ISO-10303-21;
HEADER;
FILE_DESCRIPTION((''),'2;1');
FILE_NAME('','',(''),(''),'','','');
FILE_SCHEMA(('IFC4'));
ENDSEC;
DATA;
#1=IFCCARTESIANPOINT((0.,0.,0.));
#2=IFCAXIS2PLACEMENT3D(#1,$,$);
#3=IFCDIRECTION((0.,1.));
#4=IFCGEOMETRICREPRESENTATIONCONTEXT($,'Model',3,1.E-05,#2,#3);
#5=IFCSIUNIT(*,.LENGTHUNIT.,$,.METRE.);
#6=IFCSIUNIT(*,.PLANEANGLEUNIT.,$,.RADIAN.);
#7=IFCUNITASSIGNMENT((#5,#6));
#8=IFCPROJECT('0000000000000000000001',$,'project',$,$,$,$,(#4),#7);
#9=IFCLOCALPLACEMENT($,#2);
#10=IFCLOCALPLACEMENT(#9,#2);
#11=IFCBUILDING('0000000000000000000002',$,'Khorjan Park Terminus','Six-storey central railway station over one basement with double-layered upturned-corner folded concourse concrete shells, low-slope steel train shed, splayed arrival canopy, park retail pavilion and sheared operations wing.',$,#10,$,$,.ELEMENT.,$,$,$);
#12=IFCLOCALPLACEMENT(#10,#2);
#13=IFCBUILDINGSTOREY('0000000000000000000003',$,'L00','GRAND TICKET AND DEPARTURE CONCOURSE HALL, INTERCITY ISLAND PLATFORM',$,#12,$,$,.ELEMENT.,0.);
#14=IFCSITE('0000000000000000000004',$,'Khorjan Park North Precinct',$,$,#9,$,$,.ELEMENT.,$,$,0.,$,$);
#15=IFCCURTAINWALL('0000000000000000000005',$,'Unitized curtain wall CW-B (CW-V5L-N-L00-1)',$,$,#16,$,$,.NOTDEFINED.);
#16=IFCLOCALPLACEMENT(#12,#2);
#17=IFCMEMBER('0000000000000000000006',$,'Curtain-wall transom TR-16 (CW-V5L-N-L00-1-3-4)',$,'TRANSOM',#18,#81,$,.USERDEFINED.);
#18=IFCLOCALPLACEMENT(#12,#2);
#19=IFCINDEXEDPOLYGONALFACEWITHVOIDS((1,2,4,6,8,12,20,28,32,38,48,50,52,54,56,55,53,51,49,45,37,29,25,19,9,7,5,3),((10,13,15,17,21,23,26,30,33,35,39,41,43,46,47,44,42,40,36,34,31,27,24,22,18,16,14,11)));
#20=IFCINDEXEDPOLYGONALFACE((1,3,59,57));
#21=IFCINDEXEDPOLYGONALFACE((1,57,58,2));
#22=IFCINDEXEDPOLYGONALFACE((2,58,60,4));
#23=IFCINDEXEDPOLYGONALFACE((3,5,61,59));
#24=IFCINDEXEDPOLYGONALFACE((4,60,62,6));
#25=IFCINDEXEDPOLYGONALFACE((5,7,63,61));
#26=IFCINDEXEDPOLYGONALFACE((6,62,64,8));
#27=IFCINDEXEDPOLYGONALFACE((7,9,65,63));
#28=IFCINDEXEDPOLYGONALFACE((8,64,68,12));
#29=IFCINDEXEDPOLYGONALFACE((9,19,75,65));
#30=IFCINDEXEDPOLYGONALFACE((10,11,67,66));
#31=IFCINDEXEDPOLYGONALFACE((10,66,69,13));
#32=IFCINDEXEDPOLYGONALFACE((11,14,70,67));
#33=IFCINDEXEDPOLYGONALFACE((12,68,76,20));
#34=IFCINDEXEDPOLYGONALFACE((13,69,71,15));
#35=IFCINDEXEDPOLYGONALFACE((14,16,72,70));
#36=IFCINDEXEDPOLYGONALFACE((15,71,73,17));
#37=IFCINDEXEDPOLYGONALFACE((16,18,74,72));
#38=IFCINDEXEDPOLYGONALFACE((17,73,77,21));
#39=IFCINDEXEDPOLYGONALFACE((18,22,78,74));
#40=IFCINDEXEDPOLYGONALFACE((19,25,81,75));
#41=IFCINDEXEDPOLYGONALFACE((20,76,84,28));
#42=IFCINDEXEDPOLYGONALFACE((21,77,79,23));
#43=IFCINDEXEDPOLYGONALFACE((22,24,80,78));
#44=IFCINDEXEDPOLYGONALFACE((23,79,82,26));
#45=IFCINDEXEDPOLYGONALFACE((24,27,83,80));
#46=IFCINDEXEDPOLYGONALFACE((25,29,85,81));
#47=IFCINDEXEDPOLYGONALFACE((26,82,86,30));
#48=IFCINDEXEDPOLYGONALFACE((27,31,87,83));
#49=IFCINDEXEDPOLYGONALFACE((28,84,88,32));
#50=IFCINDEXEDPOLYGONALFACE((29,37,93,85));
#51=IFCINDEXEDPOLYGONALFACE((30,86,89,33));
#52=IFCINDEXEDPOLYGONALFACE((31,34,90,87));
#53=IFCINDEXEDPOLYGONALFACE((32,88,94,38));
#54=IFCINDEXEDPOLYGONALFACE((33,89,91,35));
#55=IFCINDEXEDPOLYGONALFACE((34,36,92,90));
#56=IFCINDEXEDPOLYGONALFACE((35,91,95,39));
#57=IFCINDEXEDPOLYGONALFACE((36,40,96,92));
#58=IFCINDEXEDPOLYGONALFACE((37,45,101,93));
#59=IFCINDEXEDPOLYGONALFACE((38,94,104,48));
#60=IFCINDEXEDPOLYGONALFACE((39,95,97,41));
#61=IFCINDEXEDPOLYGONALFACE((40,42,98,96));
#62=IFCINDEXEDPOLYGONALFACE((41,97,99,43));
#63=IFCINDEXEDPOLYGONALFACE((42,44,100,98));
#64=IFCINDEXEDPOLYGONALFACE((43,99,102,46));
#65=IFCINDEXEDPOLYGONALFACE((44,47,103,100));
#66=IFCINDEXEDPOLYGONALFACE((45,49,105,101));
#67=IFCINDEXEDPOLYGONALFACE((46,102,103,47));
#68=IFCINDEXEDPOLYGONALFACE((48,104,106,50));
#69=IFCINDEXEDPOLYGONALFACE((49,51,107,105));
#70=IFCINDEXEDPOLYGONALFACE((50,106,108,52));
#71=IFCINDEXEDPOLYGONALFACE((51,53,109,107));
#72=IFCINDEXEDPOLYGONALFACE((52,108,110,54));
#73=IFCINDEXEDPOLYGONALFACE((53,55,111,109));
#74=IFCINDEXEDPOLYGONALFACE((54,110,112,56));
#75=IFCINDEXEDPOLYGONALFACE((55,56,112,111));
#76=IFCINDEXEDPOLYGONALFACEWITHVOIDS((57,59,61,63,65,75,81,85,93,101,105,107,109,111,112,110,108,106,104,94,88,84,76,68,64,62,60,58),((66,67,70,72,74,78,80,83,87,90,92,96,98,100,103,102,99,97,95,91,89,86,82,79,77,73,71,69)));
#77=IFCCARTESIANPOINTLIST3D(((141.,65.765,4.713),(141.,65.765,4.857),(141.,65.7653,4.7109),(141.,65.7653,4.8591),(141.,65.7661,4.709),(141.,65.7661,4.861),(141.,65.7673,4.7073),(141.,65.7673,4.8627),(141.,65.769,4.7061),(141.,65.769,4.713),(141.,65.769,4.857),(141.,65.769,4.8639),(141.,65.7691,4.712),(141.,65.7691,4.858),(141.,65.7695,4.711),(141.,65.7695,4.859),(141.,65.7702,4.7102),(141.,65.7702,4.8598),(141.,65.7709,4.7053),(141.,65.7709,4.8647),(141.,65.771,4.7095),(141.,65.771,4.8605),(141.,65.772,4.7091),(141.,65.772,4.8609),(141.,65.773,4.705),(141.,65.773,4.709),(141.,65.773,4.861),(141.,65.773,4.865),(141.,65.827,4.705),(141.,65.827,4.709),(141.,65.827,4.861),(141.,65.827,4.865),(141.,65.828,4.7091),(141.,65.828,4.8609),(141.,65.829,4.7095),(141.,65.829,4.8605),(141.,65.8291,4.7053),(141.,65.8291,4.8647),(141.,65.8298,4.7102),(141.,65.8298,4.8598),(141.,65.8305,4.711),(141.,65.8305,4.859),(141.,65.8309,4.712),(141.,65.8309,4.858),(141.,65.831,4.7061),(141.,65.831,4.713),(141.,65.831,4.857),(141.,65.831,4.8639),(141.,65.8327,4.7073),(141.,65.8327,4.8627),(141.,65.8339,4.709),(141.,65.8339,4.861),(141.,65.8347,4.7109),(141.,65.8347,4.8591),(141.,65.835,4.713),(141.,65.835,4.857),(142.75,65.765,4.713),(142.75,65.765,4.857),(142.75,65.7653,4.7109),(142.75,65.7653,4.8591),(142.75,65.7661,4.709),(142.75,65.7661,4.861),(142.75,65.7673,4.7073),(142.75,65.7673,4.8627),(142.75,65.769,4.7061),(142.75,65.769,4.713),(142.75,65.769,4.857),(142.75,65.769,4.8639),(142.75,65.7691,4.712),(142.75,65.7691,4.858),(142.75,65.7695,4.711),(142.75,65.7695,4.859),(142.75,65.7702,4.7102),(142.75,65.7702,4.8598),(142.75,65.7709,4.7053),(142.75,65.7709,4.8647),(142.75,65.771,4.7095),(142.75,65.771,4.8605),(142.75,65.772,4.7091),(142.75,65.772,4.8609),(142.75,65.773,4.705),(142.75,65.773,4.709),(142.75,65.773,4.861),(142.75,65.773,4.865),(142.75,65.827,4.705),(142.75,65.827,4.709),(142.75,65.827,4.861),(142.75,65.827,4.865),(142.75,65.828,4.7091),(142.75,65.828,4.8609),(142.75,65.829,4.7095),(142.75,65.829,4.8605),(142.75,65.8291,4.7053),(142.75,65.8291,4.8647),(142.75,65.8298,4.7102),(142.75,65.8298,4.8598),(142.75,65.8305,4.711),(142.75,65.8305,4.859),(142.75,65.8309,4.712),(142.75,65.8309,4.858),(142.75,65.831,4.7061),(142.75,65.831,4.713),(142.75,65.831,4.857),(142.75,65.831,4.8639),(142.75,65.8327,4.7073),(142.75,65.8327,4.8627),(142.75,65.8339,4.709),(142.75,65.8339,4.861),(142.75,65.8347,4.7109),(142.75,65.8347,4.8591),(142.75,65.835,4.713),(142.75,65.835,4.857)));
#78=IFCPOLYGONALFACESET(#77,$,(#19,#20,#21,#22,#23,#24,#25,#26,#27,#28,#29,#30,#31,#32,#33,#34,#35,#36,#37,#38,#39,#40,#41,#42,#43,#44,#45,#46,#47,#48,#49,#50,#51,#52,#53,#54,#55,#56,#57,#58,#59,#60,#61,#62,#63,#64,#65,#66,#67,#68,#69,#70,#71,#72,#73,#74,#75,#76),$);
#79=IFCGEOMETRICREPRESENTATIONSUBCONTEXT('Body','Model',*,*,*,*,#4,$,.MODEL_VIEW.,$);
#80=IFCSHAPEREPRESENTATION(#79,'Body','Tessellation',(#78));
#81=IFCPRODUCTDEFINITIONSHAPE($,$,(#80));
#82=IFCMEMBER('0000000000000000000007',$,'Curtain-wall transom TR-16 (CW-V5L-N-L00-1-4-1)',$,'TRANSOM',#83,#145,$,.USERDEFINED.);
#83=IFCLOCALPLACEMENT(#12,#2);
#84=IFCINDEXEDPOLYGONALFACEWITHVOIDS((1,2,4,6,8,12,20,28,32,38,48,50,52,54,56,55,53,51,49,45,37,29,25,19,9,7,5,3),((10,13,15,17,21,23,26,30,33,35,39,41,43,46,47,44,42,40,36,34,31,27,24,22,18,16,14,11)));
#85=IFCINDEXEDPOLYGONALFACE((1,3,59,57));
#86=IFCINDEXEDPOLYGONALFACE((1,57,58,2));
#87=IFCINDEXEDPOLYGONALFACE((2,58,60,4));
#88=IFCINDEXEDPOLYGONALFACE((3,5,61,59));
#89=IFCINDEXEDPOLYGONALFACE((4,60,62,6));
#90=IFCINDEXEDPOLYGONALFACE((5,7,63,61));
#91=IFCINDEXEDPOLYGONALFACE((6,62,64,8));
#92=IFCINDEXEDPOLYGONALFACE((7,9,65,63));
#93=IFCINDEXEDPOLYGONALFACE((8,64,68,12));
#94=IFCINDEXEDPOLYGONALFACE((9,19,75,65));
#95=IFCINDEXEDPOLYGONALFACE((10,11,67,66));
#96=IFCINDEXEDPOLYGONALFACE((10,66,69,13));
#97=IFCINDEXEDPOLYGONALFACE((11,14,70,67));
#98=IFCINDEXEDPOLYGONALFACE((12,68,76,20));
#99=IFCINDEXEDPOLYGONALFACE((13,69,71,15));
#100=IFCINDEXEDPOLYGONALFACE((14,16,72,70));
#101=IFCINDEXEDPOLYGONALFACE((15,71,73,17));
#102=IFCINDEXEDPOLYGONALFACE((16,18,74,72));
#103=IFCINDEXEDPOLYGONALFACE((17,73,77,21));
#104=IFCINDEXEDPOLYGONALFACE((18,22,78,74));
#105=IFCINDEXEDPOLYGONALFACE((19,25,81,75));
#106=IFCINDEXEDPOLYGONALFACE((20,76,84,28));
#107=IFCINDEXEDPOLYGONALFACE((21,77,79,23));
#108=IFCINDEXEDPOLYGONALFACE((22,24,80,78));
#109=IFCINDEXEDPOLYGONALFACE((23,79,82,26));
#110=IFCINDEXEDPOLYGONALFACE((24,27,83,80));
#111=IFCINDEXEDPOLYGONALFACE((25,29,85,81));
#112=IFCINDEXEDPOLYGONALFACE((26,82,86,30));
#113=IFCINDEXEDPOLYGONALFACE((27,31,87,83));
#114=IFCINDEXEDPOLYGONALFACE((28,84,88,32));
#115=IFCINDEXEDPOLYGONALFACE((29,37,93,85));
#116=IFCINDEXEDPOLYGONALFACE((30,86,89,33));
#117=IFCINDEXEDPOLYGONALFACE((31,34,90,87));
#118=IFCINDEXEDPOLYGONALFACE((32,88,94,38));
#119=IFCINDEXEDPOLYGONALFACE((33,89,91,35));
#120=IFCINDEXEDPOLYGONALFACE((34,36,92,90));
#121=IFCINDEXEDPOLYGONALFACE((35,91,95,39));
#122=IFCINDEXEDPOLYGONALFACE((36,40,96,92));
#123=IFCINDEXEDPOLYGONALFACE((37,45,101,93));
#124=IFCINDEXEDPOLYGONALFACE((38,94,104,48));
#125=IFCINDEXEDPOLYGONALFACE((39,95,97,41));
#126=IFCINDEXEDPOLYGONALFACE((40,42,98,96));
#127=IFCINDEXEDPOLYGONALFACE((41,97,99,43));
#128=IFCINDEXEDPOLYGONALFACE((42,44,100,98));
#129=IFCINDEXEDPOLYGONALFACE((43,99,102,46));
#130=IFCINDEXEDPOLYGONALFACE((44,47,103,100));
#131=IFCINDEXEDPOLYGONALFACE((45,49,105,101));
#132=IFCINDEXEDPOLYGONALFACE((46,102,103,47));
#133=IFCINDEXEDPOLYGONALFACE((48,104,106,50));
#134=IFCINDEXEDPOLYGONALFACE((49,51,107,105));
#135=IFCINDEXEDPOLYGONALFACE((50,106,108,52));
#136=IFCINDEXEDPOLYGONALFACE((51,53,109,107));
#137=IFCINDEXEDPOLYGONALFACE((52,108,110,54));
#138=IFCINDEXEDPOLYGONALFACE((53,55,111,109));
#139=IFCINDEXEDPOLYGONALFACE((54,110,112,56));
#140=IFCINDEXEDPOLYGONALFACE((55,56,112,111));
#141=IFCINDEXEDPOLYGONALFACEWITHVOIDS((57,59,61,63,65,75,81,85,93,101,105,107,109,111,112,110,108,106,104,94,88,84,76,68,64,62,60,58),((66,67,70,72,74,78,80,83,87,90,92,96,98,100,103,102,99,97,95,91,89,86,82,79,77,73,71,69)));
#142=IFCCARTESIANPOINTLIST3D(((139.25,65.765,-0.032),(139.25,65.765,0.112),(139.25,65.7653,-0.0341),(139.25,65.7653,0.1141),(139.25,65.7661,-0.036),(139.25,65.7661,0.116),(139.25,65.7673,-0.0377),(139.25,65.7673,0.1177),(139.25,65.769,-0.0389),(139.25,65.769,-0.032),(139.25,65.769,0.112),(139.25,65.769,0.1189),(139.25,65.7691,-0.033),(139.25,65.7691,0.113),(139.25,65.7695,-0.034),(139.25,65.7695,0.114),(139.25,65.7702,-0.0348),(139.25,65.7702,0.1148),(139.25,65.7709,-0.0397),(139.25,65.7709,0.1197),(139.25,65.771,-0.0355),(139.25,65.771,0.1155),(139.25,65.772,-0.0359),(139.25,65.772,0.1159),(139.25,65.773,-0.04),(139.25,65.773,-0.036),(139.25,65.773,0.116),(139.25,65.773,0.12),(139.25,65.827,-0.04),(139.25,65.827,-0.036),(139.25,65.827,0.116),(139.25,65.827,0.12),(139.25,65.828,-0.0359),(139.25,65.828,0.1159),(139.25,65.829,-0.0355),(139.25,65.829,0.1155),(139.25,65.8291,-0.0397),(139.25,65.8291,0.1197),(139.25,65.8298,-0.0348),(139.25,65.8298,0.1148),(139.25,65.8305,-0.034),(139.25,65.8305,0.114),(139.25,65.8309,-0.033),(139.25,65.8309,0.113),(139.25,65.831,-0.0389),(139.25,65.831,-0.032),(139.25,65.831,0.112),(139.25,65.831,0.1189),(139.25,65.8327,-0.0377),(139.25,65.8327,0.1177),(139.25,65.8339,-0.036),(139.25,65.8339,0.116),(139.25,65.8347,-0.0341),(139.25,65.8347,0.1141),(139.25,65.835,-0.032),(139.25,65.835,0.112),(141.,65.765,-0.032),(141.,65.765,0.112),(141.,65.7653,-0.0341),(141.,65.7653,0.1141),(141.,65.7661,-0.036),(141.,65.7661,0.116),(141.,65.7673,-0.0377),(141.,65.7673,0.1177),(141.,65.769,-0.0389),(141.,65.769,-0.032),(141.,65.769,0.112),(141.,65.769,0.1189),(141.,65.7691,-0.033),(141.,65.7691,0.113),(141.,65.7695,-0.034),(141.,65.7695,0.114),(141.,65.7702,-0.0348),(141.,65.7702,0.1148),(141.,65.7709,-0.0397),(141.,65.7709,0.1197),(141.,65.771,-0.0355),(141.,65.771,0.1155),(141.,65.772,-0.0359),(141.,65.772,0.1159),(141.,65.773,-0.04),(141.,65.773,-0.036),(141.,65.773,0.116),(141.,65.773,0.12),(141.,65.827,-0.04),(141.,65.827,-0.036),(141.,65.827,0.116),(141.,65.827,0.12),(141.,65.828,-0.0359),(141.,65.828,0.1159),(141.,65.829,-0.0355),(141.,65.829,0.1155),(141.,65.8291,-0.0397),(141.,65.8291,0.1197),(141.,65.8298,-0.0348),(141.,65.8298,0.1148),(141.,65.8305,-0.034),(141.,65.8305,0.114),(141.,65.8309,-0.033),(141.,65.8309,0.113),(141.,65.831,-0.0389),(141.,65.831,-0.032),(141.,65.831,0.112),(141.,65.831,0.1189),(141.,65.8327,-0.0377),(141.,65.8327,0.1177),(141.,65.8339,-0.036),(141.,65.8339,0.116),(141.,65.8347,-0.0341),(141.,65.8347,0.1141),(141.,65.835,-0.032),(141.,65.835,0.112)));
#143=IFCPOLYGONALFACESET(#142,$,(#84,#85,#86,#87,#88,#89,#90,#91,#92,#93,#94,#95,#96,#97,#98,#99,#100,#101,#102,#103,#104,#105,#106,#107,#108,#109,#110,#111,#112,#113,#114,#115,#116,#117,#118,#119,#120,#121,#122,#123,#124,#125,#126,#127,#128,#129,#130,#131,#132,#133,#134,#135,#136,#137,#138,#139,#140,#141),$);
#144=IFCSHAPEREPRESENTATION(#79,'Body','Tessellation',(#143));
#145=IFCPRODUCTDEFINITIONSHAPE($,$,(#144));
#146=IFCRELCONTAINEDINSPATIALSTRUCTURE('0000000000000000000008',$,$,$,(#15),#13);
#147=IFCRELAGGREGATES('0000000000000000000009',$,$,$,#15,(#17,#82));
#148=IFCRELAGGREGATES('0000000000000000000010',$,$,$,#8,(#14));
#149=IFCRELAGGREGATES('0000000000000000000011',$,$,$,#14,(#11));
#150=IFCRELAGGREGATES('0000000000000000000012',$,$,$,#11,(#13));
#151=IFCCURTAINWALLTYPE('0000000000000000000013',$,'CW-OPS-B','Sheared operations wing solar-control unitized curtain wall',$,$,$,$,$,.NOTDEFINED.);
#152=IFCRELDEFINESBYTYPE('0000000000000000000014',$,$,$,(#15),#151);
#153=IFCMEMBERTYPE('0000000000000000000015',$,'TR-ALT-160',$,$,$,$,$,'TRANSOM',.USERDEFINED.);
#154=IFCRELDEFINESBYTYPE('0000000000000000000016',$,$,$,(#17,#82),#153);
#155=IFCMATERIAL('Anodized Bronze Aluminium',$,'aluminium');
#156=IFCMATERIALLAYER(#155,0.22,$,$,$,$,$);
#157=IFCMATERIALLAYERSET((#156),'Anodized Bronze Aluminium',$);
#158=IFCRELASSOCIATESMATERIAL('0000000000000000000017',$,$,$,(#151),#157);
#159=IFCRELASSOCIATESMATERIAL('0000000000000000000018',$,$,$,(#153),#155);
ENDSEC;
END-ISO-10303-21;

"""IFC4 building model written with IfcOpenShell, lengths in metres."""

from ifc_helpers import new_model, si_unit, direction, frame, origin, origin_2d, place, context, subcontext, project, spatial, hollow_rectangle, extrude, material, layer, layer_set, material_profile, profile_set, type_object, element, aggregate, save


model = new_model("IFC4")

# Units and contexts
model_context = context("Model", 3, precision=1e-05, world=origin(), true_north=direction((0.0, 1.0)))
body_context = subcontext(model_context, "Body", "Model", "MODEL_VIEW")
ifc_project = project(units=[si_unit("LENGTHUNIT", "METRE"), si_unit("PLANEANGLEUNIT", "RADIAN")], contexts=[model_context])

# Site, building, storey
site_placement = place(None, origin())
site = spatial("IfcSite", under=ifc_project, at=site_placement, Name="Khorjan Park North Precinct", CompositionType="ELEMENT", RefElevation=0.0)
building_placement = place(site_placement, origin())
building = spatial("IfcBuilding", under=site, at=building_placement, Name="Khorjan Park Terminus", Description="Six-storey central railway station over one basement with double-layered upturned-corner folded concourse concrete shells, low-slope steel train shed, splayed arrival canopy, park retail pavilion and sheared operations wing.", CompositionType="ELEMENT")
storey_placement = place(building_placement, origin())
storey = spatial("IfcBuildingStorey", under=building, at=storey_placement, Name="L00", Description="GRAND TICKET AND DEPARTURE CONCOURSE HALL, INTERCITY ISLAND PLATFORM", CompositionType="ELEMENT", Elevation=0.0)

# Curtain wall, members
ifc_material_1 = material(Name="Anodized Bronze Aluminium", Category="aluminium")
ifc_layer_1 = layer(ifc_material_1, 0.22)
ifc_layer_set_1 = layer_set([ifc_layer_1], Name="Anodized Bronze Aluminium")
curtain_wall_type = type_object("IfcCurtainWallType", Name="CW-OPS-B", Description="Sheared operations wing solar-control unitized curtain wall", PredefinedType="NOTDEFINED", material=ifc_layer_set_1)
curtain_wall_placement = place(storey_placement, origin())
curtain_wall = element("IfcCurtainWall", 1, at=curtain_wall_placement, inside=storey, type_object=curtain_wall_type, Name="Unitized curtain wall CW-B (CW-V5L-N-L00-1)", PredefinedType="NOTDEFINED")
ifc_material_profile_1 = material_profile(ifc_material_1, hollow_rectangle(XDim=0.07, YDim=0.16, WallThickness=0.004, InnerFilletRadius=0.004, OuterFilletRadius=0.008, at=origin_2d()), Name="ALT 70x160x4")
ifc_profile_set_1 = profile_set([ifc_material_profile_1], Name="Anodized Bronze Aluminium")
member_type_1 = type_object("IfcMemberType", Name="TR-ALT-160", ElementType="TRANSOM", PredefinedType="USERDEFINED", material=ifc_profile_set_1)
member_1_placement = place(storey_placement, frame((142.75, 65.8, 4.785), z_axis=(-1.0, 0.0, 0.0), x_axis=(0.0, -1.0, 0.0)))
member_1 = element("IfcMember", 2, at=member_1_placement, type_object=member_type_1, Name="Curtain-wall transom TR-16 (CW-V5L-N-L00-1-3-4)", ObjectType="TRANSOM", PredefinedType="USERDEFINED", context=body_context, shape_type="SweptSolid", body=[
    extrude(hollow_rectangle(XDim=0.07, YDim=0.16, WallThickness=0.004, InnerFilletRadius=0.004, OuterFilletRadius=0.008, at=origin_2d()), origin(), (0.0, 0.0, 1.0), 1.75),
])
member_2_placement = place(storey_placement, frame((141.0, 65.8, 0.04), z_axis=(-1.0, 0.0, 0.0), x_axis=(0.0, -1.0, 0.0)))
member_2 = element("IfcMember", 3, at=member_2_placement, type_object=member_type_1, Name="Curtain-wall transom TR-16 (CW-V5L-N-L00-1-4-1)", ObjectType="TRANSOM", PredefinedType="USERDEFINED", context=body_context, shape_type="SweptSolid", body=[
    extrude(hollow_rectangle(XDim=0.07, YDim=0.16, WallThickness=0.004, InnerFilletRadius=0.004, OuterFilletRadius=0.008, at=origin_2d()), origin(), (0.0, 0.0, 1.0), 1.75),
])
aggregate(curtain_wall, [member_1, member_2])

save(model, "model.ifc")
